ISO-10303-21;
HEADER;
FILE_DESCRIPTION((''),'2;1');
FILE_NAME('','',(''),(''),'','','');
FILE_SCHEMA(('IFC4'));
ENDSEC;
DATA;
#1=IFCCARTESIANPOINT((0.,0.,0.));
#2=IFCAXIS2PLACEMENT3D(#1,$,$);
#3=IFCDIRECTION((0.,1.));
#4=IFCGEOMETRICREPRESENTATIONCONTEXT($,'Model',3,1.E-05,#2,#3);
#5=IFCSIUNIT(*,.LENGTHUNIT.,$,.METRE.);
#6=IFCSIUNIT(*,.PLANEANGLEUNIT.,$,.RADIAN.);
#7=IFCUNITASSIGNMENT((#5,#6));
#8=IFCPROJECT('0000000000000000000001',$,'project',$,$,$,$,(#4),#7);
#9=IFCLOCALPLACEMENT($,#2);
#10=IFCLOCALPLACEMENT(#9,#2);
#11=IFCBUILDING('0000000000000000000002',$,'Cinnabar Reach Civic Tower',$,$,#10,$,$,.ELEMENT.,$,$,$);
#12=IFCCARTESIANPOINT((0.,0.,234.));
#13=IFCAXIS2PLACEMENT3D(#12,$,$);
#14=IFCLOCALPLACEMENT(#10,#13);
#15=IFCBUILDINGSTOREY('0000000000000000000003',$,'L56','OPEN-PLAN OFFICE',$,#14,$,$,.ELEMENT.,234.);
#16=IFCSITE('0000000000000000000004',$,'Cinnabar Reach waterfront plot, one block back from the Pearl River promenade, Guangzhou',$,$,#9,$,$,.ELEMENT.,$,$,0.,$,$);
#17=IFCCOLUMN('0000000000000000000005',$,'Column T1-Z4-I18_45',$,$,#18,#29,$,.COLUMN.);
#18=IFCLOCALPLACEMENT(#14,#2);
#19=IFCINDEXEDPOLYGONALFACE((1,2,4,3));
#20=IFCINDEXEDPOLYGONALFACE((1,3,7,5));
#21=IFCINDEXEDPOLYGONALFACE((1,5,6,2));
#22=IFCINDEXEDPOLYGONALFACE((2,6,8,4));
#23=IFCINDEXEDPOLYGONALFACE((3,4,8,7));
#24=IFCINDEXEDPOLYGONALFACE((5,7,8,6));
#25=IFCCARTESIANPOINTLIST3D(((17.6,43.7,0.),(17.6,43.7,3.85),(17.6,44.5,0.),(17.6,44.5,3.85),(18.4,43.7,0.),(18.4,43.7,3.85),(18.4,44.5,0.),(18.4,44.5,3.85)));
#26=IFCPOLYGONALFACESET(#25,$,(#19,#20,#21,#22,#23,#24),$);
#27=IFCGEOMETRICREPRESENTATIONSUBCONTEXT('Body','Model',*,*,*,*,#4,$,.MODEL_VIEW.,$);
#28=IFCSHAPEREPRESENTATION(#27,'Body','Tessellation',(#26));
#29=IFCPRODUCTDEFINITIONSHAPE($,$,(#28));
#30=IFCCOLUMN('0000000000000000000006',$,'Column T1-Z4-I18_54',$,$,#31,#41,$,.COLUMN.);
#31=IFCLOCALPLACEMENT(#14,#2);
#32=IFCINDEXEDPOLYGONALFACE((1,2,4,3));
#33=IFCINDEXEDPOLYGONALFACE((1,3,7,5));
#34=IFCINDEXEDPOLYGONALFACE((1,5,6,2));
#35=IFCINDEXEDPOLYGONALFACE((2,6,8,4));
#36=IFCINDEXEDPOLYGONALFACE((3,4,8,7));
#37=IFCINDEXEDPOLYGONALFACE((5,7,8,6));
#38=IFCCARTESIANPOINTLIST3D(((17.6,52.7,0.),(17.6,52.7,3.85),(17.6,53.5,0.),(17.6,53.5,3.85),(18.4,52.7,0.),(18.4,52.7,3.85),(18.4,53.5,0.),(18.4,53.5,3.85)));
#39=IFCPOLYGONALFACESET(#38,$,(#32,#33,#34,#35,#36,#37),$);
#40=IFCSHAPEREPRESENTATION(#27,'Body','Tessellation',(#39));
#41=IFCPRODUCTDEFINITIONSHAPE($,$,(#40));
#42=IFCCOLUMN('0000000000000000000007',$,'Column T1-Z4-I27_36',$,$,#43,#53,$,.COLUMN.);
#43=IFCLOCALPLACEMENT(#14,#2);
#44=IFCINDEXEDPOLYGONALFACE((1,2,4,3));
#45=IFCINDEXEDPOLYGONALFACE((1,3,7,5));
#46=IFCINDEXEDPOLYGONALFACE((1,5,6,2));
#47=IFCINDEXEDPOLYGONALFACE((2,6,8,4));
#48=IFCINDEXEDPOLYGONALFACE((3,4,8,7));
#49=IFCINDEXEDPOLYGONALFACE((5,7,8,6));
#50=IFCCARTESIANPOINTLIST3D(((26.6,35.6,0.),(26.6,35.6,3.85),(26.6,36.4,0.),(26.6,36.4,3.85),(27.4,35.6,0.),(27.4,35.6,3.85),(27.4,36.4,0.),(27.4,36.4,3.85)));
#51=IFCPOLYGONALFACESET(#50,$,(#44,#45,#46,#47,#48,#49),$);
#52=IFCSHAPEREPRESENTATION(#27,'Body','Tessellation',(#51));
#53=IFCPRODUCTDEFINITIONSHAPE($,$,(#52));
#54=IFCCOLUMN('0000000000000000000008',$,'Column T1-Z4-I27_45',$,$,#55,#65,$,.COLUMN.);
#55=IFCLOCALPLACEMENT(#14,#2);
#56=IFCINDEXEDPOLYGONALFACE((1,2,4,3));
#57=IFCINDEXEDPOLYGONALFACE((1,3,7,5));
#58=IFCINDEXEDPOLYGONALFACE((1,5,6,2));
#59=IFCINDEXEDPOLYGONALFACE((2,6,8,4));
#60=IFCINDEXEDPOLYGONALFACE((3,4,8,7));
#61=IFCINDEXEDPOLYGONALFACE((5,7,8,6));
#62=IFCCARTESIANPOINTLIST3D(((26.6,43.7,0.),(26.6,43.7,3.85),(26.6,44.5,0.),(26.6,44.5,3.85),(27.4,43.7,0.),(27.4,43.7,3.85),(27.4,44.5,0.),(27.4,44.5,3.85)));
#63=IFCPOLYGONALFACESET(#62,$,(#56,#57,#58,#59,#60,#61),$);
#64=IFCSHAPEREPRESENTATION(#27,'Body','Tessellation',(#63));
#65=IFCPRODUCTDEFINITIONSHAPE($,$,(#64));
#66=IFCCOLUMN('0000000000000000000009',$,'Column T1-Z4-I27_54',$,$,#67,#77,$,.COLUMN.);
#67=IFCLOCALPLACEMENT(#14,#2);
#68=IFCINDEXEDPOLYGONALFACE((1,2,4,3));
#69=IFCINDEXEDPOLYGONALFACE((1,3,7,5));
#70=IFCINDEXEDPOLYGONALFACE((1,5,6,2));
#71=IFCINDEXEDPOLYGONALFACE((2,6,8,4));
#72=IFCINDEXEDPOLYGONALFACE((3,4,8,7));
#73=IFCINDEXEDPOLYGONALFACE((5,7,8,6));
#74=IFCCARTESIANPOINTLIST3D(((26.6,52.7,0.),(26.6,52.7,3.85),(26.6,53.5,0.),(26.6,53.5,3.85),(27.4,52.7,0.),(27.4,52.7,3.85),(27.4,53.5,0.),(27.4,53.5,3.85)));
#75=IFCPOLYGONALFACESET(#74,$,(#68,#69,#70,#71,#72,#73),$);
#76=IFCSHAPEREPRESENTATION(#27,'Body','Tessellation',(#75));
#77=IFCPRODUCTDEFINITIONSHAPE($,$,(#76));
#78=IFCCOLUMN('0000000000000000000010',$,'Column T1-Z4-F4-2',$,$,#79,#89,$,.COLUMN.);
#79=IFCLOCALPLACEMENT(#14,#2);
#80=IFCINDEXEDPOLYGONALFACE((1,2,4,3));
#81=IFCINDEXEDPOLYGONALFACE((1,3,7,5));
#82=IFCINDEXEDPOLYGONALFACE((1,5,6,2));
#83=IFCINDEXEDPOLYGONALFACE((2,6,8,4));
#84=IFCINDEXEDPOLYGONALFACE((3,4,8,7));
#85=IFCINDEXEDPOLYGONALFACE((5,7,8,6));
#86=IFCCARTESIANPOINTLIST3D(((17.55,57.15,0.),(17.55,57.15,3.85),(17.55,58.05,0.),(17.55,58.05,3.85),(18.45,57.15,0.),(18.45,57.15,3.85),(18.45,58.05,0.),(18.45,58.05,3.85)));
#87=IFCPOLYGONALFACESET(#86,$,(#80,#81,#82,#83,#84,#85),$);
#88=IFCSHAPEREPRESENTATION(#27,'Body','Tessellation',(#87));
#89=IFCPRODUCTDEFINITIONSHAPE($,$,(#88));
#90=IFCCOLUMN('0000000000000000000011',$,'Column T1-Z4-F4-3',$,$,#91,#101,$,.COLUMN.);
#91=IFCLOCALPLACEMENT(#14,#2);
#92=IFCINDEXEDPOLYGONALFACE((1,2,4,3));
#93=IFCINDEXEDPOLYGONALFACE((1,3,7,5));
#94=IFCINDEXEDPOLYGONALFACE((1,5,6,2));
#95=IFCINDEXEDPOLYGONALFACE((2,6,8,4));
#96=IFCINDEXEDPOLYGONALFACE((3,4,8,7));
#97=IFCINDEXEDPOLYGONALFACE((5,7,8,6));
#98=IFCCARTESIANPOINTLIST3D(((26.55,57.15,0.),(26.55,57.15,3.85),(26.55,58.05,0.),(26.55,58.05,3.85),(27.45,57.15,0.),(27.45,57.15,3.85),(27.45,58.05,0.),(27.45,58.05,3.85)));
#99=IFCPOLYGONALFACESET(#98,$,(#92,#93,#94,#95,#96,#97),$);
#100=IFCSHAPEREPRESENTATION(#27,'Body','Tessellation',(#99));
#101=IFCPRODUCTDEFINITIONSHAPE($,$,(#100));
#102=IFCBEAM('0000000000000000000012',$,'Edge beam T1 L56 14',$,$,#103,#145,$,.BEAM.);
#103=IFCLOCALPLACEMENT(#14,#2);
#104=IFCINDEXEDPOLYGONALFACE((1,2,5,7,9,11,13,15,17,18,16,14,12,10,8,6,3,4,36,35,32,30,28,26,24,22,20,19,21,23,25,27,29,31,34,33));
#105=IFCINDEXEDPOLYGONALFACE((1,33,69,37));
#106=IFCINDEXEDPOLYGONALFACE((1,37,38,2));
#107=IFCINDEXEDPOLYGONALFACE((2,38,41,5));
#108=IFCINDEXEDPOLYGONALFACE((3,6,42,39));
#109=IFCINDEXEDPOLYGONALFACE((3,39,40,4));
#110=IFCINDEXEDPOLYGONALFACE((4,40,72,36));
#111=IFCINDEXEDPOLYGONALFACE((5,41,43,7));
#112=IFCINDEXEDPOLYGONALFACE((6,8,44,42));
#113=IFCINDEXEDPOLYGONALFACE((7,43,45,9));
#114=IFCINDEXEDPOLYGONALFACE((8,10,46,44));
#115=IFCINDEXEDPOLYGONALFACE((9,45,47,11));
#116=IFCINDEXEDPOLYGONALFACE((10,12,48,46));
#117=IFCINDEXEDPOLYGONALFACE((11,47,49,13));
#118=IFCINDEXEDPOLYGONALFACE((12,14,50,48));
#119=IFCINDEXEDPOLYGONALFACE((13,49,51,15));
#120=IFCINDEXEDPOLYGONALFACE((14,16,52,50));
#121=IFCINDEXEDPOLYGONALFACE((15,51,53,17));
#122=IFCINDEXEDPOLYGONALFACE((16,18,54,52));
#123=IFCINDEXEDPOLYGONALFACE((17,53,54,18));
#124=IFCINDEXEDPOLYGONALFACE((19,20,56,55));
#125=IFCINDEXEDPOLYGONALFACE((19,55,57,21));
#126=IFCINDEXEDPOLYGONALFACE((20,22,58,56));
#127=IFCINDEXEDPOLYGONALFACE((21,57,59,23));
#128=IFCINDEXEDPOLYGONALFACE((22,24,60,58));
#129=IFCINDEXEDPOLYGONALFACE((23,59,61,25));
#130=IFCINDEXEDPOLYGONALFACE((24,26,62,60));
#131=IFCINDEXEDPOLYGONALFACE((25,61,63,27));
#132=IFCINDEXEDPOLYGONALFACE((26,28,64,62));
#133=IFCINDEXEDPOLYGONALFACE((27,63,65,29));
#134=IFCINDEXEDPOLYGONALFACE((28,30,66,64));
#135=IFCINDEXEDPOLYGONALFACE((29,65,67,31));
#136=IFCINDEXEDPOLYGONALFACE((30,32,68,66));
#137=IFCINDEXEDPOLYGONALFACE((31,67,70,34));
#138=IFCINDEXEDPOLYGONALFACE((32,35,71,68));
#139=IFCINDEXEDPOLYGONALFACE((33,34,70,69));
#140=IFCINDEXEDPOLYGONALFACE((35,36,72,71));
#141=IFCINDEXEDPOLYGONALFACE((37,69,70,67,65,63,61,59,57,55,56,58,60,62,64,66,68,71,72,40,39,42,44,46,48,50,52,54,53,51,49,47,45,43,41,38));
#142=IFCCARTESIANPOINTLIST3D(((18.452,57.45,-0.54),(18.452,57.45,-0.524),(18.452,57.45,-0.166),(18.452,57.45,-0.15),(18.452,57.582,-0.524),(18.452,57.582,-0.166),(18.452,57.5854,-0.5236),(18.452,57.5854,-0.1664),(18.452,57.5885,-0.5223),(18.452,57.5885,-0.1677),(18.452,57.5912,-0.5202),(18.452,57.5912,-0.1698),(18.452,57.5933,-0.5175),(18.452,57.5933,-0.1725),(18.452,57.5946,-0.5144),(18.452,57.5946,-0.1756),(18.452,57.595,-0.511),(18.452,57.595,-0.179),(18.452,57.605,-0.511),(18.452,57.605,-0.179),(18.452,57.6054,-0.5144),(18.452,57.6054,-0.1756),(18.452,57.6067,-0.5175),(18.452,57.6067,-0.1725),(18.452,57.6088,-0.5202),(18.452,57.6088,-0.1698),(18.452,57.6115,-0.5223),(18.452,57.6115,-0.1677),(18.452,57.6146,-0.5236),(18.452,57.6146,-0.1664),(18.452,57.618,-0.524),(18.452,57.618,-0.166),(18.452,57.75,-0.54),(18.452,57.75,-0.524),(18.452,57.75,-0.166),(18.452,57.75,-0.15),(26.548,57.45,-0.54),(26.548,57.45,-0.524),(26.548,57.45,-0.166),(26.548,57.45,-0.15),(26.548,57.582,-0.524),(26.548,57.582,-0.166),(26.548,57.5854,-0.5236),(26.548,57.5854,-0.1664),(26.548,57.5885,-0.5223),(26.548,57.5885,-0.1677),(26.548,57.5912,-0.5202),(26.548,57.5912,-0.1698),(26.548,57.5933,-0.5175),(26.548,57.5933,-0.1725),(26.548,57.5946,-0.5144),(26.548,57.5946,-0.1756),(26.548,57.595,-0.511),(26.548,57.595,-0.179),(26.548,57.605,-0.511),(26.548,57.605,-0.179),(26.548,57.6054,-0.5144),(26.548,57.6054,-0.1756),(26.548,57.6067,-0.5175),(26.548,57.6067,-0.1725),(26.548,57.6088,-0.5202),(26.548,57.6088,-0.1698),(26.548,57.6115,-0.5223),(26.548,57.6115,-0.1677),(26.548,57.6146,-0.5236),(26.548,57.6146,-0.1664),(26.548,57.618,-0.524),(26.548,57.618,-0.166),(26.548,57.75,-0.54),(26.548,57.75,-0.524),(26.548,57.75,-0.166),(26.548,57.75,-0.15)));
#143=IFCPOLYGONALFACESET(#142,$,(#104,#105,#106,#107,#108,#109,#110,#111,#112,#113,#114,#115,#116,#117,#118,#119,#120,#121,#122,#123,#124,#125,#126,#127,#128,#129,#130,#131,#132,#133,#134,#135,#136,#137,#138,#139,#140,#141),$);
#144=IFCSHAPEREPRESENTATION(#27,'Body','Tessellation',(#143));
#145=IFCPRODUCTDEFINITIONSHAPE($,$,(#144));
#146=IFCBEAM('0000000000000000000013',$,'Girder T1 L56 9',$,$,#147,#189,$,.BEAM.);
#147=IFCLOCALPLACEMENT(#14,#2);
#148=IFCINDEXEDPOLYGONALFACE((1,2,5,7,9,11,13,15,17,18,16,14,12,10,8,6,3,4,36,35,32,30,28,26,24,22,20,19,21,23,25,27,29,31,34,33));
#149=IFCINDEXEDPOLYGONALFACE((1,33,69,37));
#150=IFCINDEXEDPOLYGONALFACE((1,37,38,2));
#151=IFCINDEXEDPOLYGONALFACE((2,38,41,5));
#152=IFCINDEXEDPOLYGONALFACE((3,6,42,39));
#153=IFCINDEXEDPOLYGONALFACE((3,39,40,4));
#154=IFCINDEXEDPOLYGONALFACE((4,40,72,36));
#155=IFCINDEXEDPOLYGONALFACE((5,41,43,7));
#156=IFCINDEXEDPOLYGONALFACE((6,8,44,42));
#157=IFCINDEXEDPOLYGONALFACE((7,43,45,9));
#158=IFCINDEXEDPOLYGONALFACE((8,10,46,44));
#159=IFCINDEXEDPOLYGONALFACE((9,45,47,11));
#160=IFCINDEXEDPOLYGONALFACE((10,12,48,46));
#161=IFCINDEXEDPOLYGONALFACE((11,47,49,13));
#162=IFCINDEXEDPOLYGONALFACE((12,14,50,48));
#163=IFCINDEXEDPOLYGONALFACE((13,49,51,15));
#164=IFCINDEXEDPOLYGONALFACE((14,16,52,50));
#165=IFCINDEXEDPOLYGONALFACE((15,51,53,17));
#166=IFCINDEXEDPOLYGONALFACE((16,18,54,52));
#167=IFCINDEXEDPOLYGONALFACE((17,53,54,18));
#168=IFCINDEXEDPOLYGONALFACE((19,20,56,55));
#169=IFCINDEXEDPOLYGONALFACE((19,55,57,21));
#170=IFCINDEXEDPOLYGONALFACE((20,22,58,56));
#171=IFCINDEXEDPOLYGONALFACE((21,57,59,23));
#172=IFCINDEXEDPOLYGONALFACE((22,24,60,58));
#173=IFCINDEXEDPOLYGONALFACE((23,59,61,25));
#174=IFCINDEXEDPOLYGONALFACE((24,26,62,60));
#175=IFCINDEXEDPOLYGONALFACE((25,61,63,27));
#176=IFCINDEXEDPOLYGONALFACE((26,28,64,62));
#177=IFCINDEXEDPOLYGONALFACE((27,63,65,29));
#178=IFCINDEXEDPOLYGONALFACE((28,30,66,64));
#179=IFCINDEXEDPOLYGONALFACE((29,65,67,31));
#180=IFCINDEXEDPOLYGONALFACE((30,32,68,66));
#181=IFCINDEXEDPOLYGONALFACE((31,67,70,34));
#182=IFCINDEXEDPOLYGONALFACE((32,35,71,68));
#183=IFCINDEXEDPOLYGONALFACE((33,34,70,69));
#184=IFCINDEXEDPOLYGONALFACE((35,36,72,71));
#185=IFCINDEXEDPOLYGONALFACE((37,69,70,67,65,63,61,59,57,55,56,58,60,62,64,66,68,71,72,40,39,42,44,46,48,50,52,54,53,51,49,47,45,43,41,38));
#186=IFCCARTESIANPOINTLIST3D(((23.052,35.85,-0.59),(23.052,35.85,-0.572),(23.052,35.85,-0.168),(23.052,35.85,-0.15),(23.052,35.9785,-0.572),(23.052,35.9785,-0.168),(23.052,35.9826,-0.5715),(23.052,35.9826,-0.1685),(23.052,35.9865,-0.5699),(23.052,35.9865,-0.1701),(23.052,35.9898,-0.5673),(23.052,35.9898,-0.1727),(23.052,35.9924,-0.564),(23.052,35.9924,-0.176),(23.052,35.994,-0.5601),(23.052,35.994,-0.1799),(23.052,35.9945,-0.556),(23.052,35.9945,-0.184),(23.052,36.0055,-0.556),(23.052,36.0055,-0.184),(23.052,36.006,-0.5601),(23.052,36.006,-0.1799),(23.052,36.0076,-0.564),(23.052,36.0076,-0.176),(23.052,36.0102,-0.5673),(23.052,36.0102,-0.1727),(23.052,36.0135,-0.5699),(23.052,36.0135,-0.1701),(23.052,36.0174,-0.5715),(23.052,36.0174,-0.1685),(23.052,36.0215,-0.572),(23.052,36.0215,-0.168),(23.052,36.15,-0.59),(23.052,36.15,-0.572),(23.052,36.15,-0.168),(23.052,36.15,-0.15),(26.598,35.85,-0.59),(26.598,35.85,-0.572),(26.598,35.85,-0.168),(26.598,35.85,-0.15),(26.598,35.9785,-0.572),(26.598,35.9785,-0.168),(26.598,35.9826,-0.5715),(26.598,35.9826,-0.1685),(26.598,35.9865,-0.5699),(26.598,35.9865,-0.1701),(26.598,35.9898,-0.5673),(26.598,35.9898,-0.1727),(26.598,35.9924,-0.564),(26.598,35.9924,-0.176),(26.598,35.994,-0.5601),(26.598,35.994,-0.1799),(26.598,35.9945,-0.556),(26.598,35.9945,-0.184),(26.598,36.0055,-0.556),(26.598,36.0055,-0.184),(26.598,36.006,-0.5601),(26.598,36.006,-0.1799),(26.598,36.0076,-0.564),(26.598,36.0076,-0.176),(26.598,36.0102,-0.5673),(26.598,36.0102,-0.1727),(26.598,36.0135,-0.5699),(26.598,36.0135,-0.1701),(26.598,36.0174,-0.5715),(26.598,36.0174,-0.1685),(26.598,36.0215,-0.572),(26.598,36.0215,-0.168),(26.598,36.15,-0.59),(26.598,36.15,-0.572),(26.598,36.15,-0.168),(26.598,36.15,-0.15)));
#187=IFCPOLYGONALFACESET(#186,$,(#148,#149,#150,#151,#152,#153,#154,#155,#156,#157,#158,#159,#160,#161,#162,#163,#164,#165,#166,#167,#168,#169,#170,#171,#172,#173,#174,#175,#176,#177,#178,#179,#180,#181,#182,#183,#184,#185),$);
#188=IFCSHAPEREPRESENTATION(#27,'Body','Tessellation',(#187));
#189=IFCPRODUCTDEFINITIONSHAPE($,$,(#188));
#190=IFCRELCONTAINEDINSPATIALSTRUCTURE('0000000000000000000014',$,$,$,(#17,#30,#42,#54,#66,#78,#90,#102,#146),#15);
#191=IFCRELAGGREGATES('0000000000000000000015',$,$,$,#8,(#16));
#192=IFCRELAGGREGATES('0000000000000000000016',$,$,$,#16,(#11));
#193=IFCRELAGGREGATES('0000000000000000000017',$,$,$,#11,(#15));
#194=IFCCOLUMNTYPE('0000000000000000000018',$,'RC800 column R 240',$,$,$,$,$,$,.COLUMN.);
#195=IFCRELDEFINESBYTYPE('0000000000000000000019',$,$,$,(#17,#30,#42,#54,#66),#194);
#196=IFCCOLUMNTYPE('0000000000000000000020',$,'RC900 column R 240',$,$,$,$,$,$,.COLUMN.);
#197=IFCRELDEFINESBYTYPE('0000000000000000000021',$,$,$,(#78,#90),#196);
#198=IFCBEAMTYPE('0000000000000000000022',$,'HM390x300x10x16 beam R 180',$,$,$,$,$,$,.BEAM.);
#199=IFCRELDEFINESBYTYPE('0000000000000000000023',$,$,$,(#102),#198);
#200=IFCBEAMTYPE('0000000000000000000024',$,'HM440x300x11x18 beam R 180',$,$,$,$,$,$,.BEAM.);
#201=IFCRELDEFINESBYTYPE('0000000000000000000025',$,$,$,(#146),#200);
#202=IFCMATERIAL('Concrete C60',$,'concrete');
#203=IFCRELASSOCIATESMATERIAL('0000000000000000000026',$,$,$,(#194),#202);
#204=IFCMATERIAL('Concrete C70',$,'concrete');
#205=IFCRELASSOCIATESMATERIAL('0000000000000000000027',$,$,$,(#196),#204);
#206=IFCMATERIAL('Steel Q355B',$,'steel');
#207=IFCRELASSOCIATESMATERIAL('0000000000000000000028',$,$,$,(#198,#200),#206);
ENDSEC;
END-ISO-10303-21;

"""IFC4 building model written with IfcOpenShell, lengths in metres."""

from ifc_helpers import new_model, si_unit, direction, frame, origin, origin_2d, place, context, subcontext, project, spatial, rectangle, i_section, extrude, material, material_profile, profile_set, type_object, element, save


model = new_model("IFC4")

# Units and contexts
model_context = context("Model", 3, precision=1e-05, world=origin(), true_north=direction((0.0, 1.0)))
body_context = subcontext(model_context, "Body", "Model", "MODEL_VIEW")
ifc_project = project(units=[si_unit("LENGTHUNIT", "METRE"), si_unit("PLANEANGLEUNIT", "RADIAN")], contexts=[model_context])

# Site, building, storey
site_placement = place(None, origin())
site = spatial("IfcSite", under=ifc_project, at=site_placement, Name="Cinnabar Reach waterfront plot, one block back from the Pearl River promenade, Guangzhou", CompositionType="ELEMENT", RefElevation=0.0)
building_placement = place(site_placement, origin())
building = spatial("IfcBuilding", under=site, at=building_placement, Name="Cinnabar Reach Civic Tower", CompositionType="ELEMENT")
storey_placement = place(building_placement, frame((0.0, 0.0, 234.0)))
storey = spatial("IfcBuildingStorey", under=building, at=storey_placement, Name="L56", Description="OPEN-PLAN OFFICE", CompositionType="ELEMENT", Elevation=234.0)

# Columns
ifc_material_1 = material(Name="Concrete C60", Category="concrete")
ifc_material_profile_1 = material_profile(ifc_material_1, rectangle(XDim=0.8, YDim=0.8, at=origin_2d()), Name="RC800")
ifc_profile_set_1 = profile_set([ifc_material_profile_1], Name="Concrete C60")
column_type_1 = type_object("IfcColumnType", Name="RC800 column R 240", PredefinedType="COLUMN", material=ifc_profile_set_1)
for number, where, z_axis, x_axis, name in (
    (1, (18.0, 44.1, 0.0), (0.0, 0.0, 1.0), (1.0, 0.0, 0.0), "Column T1-Z4-I18_45"),
    (2, (18.0, 53.1, 0.0), (0.0, 0.0, 1.0), (1.0, 0.0, 0.0), "Column T1-Z4-I18_54"),
    (3, (27.0, 36.0, 0.0), (0.0, 0.0, 1.0), (1.0, 0.0, 0.0), "Column T1-Z4-I27_36"),
    (4, (27.0, 44.1, 0.0), (0.0, 0.0, 1.0), (1.0, 0.0, 0.0), "Column T1-Z4-I27_45"),
    (5, (27.0, 53.1, 0.0), (0.0, 0.0, 1.0), (1.0, 0.0, 0.0), "Column T1-Z4-I27_54"),
):
    element("IfcColumn", number, at=place(storey_placement, frame(where, z_axis=z_axis, x_axis=x_axis)), inside=storey, type_object=column_type_1, Name=name, PredefinedType="COLUMN", context=body_context, shape_type="SweptSolid", body=[
        extrude(rectangle(XDim=0.8, YDim=0.8, at=origin_2d()), origin(), (0.0, 0.0, 1.0), 3.85),
    ])
ifc_material_2 = material(Name="Concrete C70", Category="concrete")
ifc_material_profile_2 = material_profile(ifc_material_2, rectangle(XDim=0.9, YDim=0.9, at=origin_2d()), Name="RC900")
ifc_profile_set_2 = profile_set([ifc_material_profile_2], Name="Concrete C70")
column_type_2 = type_object("IfcColumnType", Name="RC900 column R 240", PredefinedType="COLUMN", material=ifc_profile_set_2)
for number, where, z_axis, x_axis, name in (
    (6, (18.0, 57.6, 0.0), (0.0, 0.0, 1.0), (1.0, 0.0, 0.0), "Column T1-Z4-F4-2"),
    (7, (27.0, 57.6, 0.0), (0.0, 0.0, 1.0), (1.0, 0.0, 0.0), "Column T1-Z4-F4-3"),
):
    element("IfcColumn", number, at=place(storey_placement, frame(where, z_axis=z_axis, x_axis=x_axis)), inside=storey, type_object=column_type_2, Name=name, PredefinedType="COLUMN", context=body_context, shape_type="SweptSolid", body=[
        extrude(rectangle(XDim=0.9, YDim=0.9, at=origin_2d()), origin(), (0.0, 0.0, 1.0), 3.85),
    ])

# Beams
ifc_material_3 = material(Name="Steel Q355B", Category="steel")
ifc_material_profile_3 = material_profile(ifc_material_3, i_section(OverallWidth=0.3, OverallDepth=0.39, WebThickness=0.01, FlangeThickness=0.016, FilletRadius=0.013, at=origin_2d()), Name="HM390x300x10x16")
ifc_profile_set_3 = profile_set([ifc_material_profile_3], Name="Steel Q355B")
beam_type_1 = type_object("IfcBeamType", Name="HM390x300x10x16 beam R 180", PredefinedType="BEAM", material=ifc_profile_set_3)
beam_1_placement = place(storey_placement, frame((26.548, 57.6, -0.345), z_axis=(-1.0, 0.0, 0.0), x_axis=(0.0, -1.0, 0.0)))
element("IfcBeam", 8, at=beam_1_placement, inside=storey, type_object=beam_type_1, Name="Edge beam T1 L56 14", PredefinedType="BEAM", context=body_context, shape_type="SweptSolid", body=[
    extrude(i_section(OverallWidth=0.3, OverallDepth=0.39, WebThickness=0.01, FlangeThickness=0.016, FilletRadius=0.013, at=origin_2d()), origin(), (0.0, 0.0, 1.0), 8.096),
])
ifc_material_profile_4 = material_profile(ifc_material_3, i_section(OverallWidth=0.3, OverallDepth=0.44, WebThickness=0.011, FlangeThickness=0.018, FilletRadius=0.016, at=origin_2d()), Name="HM440x300x11x18")
ifc_profile_set_4 = profile_set([ifc_material_profile_4], Name="Steel Q355B")
beam_type_2 = type_object("IfcBeamType", Name="HM440x300x11x18 beam R 180", PredefinedType="BEAM", material=ifc_profile_set_4)
beam_2_placement = place(storey_placement, frame((23.052, 36.0, -0.37), z_axis=(1.0, 0.0, 0.0), x_axis=(0.0, 1.0, 0.0)))
element("IfcBeam", 9, at=beam_2_placement, inside=storey, type_object=beam_type_2, Name="Girder T1 L56 9", PredefinedType="BEAM", context=body_context, shape_type="SweptSolid", body=[
    extrude(i_section(OverallWidth=0.3, OverallDepth=0.44, WebThickness=0.011, FlangeThickness=0.018, FilletRadius=0.016, at=origin_2d()), origin(), (0.0, 0.0, 1.0), 3.546),
])

save(model, "model.ifc")
